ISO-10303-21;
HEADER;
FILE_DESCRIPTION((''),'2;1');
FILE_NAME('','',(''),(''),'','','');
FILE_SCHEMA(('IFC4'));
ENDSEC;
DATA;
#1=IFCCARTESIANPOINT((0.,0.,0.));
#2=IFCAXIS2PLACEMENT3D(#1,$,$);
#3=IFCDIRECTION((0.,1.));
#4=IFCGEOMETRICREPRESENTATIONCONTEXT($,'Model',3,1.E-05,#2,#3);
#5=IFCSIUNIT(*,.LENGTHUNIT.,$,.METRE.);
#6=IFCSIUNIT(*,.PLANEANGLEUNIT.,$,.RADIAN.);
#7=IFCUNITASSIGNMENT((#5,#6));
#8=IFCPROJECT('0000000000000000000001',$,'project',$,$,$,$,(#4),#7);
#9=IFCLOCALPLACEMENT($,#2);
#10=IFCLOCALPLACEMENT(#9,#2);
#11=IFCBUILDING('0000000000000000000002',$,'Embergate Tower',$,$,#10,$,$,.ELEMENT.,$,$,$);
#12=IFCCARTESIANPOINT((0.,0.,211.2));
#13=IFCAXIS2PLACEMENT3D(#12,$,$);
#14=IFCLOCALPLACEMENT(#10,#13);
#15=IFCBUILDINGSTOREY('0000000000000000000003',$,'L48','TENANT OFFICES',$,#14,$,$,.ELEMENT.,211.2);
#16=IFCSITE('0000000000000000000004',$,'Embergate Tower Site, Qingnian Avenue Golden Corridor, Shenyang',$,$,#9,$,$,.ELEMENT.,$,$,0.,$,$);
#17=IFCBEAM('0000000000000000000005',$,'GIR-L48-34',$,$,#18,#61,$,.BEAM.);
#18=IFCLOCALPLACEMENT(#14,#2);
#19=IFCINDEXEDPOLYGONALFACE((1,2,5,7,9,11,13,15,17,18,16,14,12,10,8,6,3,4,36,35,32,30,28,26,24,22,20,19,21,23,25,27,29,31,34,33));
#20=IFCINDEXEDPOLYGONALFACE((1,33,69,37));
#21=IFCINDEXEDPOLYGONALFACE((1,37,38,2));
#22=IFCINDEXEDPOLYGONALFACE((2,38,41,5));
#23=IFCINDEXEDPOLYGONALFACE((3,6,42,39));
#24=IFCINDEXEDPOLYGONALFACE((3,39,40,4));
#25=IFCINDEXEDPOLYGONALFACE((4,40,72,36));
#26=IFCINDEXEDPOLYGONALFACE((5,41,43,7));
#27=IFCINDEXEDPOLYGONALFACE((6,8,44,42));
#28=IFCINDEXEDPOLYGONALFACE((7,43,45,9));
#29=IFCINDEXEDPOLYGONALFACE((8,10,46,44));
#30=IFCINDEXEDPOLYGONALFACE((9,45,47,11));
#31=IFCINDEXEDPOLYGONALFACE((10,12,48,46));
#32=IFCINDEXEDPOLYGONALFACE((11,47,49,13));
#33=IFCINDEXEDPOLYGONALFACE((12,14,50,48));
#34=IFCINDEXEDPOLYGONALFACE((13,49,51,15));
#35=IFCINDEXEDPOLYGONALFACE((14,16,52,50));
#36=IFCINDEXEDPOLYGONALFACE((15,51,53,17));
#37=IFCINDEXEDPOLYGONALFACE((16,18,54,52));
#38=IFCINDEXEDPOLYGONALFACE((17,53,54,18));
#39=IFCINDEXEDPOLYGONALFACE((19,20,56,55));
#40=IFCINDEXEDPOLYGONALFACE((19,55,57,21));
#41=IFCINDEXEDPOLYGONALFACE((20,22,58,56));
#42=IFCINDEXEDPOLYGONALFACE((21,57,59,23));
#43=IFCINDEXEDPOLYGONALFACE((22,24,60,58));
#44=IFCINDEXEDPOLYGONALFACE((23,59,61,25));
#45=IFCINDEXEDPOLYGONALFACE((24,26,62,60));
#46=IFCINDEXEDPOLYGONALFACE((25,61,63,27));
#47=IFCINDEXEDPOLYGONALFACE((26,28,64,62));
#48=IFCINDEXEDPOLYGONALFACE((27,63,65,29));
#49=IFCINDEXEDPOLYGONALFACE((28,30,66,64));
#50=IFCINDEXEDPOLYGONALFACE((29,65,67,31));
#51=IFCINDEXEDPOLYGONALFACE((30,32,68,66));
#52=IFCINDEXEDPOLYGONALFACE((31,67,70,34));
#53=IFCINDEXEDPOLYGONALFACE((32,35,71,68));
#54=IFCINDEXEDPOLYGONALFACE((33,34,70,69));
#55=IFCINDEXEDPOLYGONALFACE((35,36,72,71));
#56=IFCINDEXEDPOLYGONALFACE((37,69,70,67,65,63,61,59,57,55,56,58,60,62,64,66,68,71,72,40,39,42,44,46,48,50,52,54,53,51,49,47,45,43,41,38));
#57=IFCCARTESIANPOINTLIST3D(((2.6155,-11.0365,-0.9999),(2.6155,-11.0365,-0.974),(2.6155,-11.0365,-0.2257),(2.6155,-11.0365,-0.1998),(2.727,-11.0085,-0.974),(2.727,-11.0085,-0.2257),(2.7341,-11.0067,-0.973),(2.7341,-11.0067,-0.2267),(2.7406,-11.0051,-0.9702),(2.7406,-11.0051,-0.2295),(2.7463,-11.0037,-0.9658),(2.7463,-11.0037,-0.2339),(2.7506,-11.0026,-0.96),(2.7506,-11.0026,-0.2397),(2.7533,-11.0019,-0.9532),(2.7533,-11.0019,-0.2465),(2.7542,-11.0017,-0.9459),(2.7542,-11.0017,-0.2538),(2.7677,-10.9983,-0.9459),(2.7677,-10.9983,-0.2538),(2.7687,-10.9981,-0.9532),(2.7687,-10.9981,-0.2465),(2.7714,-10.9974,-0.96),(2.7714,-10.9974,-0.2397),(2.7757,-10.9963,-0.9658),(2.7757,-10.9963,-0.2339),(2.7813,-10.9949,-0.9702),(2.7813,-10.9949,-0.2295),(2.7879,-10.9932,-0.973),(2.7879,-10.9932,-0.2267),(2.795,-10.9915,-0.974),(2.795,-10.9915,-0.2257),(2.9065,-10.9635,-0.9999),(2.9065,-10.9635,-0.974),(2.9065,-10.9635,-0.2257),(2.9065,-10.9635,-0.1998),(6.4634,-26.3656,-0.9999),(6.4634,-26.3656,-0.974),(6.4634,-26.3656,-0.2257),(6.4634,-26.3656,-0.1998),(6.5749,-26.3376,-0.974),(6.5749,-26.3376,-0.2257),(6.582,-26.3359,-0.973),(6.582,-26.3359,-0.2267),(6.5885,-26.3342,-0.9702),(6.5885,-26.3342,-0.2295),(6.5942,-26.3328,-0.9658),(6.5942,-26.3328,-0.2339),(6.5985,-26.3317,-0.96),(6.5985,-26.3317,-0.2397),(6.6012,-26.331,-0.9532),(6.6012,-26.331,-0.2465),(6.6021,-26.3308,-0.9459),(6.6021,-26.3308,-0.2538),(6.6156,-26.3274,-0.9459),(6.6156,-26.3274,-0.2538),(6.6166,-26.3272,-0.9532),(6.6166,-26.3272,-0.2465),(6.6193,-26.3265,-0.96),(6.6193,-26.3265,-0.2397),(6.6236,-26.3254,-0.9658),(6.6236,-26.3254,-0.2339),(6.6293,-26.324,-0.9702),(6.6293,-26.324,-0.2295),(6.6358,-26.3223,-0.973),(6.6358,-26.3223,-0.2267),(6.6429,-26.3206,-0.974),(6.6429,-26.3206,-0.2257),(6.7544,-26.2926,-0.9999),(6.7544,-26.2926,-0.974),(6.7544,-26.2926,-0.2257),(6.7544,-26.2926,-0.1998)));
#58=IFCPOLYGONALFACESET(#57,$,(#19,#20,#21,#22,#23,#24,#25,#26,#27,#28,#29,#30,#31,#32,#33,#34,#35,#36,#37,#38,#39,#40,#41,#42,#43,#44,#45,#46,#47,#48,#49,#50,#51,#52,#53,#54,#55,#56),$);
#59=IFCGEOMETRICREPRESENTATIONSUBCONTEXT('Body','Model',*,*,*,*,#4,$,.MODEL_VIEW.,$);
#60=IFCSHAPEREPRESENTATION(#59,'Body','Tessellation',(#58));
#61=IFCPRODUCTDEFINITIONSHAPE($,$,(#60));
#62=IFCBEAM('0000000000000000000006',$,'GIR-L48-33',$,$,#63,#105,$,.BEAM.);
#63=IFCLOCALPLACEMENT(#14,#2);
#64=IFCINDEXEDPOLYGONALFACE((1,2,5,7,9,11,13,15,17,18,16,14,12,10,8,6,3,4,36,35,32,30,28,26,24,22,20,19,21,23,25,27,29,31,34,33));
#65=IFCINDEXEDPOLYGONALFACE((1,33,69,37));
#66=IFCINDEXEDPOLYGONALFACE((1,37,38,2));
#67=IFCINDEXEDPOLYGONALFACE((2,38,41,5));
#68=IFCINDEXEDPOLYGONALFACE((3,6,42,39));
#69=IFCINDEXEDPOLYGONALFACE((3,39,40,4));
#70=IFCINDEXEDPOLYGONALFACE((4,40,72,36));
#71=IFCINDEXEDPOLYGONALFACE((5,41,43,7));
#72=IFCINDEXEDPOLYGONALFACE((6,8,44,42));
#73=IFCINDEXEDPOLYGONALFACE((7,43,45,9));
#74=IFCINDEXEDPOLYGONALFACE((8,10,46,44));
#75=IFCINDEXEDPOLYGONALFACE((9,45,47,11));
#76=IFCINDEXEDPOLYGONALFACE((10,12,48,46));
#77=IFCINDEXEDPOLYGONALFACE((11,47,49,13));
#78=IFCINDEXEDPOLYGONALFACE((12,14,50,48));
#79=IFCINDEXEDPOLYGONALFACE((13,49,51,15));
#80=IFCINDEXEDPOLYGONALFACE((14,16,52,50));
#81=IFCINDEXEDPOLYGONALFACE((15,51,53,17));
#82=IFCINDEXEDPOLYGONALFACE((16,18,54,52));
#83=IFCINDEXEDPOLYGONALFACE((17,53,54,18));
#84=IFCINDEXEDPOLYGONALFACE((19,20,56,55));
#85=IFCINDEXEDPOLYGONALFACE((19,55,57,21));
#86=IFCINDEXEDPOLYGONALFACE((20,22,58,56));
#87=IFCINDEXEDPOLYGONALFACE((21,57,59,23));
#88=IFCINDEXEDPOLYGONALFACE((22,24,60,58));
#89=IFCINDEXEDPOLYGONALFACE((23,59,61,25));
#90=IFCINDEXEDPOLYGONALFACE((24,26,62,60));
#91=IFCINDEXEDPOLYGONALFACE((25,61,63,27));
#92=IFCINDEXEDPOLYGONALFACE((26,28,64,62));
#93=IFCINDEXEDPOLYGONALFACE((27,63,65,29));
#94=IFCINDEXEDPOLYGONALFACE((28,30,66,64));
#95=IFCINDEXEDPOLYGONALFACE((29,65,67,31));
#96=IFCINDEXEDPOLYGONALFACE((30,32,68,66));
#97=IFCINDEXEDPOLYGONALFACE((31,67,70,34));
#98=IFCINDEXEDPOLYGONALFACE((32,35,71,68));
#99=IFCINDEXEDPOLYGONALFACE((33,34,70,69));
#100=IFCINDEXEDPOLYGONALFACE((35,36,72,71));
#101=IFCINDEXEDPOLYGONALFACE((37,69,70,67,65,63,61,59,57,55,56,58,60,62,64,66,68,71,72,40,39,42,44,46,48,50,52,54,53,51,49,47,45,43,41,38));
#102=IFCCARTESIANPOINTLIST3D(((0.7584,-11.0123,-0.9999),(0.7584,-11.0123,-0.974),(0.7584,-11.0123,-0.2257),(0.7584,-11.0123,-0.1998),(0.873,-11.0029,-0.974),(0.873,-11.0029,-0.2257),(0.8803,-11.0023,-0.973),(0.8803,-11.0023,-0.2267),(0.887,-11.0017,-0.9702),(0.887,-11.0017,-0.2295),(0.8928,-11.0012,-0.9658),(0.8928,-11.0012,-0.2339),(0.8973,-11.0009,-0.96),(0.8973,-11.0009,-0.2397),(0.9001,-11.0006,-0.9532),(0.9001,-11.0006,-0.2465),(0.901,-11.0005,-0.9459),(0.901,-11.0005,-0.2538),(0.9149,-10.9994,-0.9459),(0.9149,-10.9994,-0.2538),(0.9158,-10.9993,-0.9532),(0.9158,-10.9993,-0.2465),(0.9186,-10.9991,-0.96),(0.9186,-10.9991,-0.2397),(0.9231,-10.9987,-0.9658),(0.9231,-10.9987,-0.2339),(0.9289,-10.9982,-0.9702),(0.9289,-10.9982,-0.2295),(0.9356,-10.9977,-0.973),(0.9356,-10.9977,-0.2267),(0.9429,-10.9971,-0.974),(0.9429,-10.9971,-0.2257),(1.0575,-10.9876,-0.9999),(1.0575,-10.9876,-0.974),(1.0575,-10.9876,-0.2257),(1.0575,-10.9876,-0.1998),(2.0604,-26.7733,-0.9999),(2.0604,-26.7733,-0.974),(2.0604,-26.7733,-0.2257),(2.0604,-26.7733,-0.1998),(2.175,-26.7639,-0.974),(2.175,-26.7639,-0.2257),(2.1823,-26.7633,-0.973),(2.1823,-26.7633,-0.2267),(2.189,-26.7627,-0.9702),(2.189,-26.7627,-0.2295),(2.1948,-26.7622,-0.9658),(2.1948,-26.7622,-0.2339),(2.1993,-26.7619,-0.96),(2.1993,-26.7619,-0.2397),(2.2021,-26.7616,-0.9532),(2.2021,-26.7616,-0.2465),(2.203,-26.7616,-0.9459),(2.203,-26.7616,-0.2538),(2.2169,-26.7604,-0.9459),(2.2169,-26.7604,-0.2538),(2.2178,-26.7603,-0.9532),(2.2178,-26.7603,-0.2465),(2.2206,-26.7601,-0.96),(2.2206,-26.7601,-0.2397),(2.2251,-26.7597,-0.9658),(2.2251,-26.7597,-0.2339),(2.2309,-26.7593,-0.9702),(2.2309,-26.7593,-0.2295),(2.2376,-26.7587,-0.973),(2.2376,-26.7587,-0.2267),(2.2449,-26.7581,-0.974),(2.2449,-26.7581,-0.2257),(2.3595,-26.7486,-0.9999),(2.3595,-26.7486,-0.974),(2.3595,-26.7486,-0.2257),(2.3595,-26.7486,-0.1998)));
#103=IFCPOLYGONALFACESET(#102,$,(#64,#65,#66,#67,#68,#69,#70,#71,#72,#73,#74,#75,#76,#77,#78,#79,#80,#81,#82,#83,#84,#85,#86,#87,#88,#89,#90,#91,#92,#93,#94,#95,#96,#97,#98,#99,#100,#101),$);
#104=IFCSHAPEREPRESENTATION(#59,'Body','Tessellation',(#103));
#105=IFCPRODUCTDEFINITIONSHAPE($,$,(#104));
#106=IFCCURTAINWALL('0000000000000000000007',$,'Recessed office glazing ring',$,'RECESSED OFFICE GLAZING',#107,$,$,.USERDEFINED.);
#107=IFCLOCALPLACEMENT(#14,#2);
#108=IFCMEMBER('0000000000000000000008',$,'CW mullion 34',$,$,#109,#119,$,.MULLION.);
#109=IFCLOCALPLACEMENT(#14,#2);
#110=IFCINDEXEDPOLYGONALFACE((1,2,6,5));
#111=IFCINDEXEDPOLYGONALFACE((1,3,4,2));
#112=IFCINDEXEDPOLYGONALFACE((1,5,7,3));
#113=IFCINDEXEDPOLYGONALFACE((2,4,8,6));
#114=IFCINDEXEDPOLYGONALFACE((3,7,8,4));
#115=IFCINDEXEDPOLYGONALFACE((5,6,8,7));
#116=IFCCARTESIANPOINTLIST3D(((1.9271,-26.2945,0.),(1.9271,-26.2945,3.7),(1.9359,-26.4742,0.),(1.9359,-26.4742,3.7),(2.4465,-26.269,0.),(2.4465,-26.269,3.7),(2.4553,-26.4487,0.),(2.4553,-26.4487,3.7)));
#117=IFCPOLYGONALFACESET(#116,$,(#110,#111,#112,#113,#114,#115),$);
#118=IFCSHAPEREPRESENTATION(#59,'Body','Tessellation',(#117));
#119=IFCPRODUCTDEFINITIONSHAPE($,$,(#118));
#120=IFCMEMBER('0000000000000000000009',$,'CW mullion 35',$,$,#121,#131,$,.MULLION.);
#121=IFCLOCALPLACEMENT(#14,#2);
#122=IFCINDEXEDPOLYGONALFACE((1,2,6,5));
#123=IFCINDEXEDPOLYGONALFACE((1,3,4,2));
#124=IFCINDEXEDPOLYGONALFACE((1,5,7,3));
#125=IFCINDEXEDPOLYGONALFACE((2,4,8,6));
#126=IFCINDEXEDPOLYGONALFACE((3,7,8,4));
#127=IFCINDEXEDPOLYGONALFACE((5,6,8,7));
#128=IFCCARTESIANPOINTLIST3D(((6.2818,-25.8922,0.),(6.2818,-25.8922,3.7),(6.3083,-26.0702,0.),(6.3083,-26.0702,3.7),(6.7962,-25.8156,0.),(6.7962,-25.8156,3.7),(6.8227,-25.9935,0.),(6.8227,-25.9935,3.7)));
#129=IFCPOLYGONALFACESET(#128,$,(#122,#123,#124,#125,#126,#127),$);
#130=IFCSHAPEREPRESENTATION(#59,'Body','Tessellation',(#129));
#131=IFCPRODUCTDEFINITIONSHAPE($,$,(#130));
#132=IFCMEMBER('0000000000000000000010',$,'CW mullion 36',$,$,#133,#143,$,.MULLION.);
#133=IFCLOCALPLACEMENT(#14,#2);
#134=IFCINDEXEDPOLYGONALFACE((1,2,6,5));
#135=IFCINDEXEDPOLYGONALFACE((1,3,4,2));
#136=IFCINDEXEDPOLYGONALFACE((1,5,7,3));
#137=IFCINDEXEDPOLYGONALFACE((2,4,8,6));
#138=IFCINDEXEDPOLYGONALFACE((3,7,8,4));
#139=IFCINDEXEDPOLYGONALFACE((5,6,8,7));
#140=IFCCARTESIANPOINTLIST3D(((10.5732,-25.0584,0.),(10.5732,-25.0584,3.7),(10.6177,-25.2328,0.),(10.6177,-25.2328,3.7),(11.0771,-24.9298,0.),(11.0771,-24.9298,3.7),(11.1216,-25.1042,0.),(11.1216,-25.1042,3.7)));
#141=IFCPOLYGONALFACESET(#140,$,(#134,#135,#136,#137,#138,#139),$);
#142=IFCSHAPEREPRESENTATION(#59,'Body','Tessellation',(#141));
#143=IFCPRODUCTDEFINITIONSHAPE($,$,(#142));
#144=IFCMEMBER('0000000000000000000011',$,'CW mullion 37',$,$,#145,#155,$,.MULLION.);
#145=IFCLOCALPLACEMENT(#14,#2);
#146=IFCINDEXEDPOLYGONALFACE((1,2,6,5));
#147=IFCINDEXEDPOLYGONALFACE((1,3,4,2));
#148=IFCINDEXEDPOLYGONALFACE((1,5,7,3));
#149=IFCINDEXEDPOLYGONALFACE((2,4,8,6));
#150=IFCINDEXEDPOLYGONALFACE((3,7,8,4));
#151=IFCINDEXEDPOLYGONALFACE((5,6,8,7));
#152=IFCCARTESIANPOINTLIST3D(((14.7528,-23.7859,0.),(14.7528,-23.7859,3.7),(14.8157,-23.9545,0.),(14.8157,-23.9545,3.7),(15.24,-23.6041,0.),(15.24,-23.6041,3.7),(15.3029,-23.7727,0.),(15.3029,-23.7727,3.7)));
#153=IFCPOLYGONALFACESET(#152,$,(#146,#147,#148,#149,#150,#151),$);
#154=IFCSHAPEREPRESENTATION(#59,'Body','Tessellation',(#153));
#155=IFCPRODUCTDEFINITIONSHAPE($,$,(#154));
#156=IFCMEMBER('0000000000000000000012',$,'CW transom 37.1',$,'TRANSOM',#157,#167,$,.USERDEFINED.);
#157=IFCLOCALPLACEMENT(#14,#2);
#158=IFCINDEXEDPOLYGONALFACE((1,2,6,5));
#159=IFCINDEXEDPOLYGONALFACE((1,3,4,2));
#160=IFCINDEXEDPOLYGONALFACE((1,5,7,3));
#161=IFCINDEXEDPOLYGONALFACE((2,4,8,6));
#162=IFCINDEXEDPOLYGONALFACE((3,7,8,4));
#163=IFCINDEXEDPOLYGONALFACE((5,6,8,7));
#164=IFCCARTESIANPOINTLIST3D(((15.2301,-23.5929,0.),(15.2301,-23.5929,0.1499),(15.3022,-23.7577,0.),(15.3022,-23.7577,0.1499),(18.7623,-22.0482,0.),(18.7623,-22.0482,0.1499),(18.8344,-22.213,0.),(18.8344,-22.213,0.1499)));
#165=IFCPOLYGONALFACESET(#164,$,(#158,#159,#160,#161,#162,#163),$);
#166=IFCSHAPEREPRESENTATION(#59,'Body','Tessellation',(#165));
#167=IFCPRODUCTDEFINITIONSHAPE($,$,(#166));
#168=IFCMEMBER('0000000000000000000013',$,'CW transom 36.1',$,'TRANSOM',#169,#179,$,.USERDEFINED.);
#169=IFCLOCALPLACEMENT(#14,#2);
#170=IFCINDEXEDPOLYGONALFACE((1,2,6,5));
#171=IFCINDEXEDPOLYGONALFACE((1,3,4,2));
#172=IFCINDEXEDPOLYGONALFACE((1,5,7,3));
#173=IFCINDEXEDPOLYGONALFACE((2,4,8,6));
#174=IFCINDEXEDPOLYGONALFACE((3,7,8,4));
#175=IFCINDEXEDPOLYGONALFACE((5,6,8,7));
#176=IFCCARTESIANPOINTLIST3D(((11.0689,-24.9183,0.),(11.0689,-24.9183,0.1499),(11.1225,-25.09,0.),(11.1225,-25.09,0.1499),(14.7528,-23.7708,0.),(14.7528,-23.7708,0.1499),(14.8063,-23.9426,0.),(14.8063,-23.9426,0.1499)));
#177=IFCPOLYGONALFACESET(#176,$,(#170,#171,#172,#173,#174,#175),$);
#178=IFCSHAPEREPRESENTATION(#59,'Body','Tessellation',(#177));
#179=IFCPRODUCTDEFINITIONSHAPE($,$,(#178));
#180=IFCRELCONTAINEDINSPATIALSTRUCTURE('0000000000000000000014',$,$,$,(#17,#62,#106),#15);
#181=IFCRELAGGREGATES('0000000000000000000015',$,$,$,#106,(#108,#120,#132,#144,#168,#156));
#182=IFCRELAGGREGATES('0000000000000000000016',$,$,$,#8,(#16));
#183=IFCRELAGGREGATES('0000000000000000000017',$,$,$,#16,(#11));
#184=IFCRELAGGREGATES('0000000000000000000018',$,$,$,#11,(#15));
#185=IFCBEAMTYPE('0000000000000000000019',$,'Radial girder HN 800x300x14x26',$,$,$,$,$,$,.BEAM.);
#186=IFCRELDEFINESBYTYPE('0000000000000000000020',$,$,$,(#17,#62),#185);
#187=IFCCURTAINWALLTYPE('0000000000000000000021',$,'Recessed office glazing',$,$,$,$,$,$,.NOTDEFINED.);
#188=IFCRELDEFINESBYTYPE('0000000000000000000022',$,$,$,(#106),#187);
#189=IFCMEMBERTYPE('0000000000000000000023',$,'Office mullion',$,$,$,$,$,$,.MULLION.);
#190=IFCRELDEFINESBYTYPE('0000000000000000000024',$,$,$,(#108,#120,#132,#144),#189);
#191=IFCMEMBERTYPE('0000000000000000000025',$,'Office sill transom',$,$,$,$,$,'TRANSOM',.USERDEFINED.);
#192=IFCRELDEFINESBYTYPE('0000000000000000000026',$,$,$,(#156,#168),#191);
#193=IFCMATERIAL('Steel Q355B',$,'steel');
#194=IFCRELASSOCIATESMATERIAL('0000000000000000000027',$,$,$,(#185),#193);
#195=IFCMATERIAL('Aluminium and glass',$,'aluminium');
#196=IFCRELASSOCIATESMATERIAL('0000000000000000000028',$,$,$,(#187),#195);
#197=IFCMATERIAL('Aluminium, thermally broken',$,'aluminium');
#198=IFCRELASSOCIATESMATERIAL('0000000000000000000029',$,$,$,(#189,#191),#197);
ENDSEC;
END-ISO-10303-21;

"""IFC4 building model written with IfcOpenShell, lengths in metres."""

from ifc_helpers import new_model, si_unit, direction, frame, origin, origin_2d, place, context, subcontext, project, spatial, rectangle, i_section, extrude, source, transform, mapped, material, material_profile, profile_set, type_object, element, aggregate, save


model = new_model("IFC4")

# Units and contexts
model_context = context("Model", 3, precision=1e-05, world=origin(), true_north=direction((0.0, 1.0)))
body_context = subcontext(model_context, "Body", "Model", "MODEL_VIEW")
ifc_project = project(units=[si_unit("LENGTHUNIT", "METRE"), si_unit("PLANEANGLEUNIT", "RADIAN")], contexts=[model_context])

# Site, building, storey
site_placement = place(None, origin())
site = spatial("IfcSite", under=ifc_project, at=site_placement, Name="Embergate Tower Site, Qingnian Avenue Golden Corridor, Shenyang", CompositionType="ELEMENT", RefElevation=0.0)
building_placement = place(site_placement, origin())
building = spatial("IfcBuilding", under=site, at=building_placement, Name="Embergate Tower", CompositionType="ELEMENT")
storey_placement = place(building_placement, frame((0.0, 0.0, 211.2)))
storey = spatial("IfcBuildingStorey", under=building, at=storey_placement, Name="L48", Description="TENANT OFFICES", CompositionType="ELEMENT", Elevation=211.2)

# Beams
ifc_material_1 = material(Name="Steel Q355B", Category="steel")
ifc_material_profile_1 = material_profile(ifc_material_1, i_section(OverallWidth=0.3, OverallDepth=0.8, WebThickness=0.0139, FlangeThickness=0.0259, FilletRadius=0.0281, at=origin_2d()), Name="HN 800x300x14x26")
ifc_profile_set_1 = profile_set([ifc_material_profile_1], Name="Steel Q355 grade B")
beam_type_1 = type_object("IfcBeamType", Name="Radial girder HN 800x300x14x26", PredefinedType="BEAM", material=ifc_profile_set_1)
shared_shape_1 = source(origin(), body_context, "Body", "SweptSolid", [
    extrude(i_section(OverallWidth=0.3, OverallDepth=0.8, WebThickness=0.0139, FlangeThickness=0.0259, FilletRadius=0.0281, at=origin_2d()), origin(), (0.0, 0.0, 1.0), 15.8047),
])
beam_1_placement = place(storey_placement, frame((6.6089, -26.3291, -0.5999), z_axis=(-0.243466, 0.969909, 0.0), x_axis=(-0.969909, -0.243466, 0.0)))
element("IfcBeam", 1, at=beam_1_placement, inside=storey, type_object=beam_type_1, Name="GIR-L48-34", PredefinedType="BEAM", context=body_context, shape_type="MappedRepresentation", body=[
    mapped(shared_shape_1, transform((0.0, 0.0, 0.0))),
])
shared_shape_2 = source(origin(), body_context, "Body", "SweptSolid", [
    extrude(i_section(OverallWidth=0.3, OverallDepth=0.8, WebThickness=0.0139, FlangeThickness=0.0259, FilletRadius=0.0281, at=origin_2d()), origin(), (0.0, 0.0, 1.0), 15.8147),
])
beam_2_placement = place(storey_placement, frame((2.21, -26.761, -0.5999), z_axis=(-0.082329, 0.996605, 0.0), x_axis=(-0.996605, -0.082329, 0.0)))
element("IfcBeam", 2, at=beam_2_placement, inside=storey, type_object=beam_type_1, Name="GIR-L48-33", PredefinedType="BEAM", context=body_context, shape_type="MappedRepresentation", body=[
    mapped(shared_shape_2, transform((0.0, 0.0, 0.0))),
])

# Curtain wall, members
ifc_material_2 = material(Name="Aluminium and glass", Category="aluminium")
curtain_wall_type = type_object("IfcCurtainWallType", Name="Recessed office glazing", PredefinedType="NOTDEFINED", material=ifc_material_2)
curtain_wall_placement = place(storey_placement, origin())
curtain_wall = element("IfcCurtainWall", 3, at=curtain_wall_placement, inside=storey, type_object=curtain_wall_type, Name="Recessed office glazing ring", ObjectType="RECESSED OFFICE GLAZING", PredefinedType="USERDEFINED")
ifc_material_3 = material(Name="Aluminium, thermally broken", Category="aluminium")
ifc_material_profile_2 = material_profile(ifc_material_3, rectangle(XDim=0.1799, YDim=0.52, at=origin_2d()), Name="AL 520x180")
ifc_profile_set_2 = profile_set([ifc_material_profile_2], Name="Aluminium, thermally broken")
member_type_1 = type_object("IfcMemberType", Name="Office mullion", PredefinedType="MULLION", material=ifc_profile_set_2)
shared_shape_3 = source(origin(), body_context, "Body", "SweptSolid", [
    extrude(rectangle(XDim=0.1799, YDim=0.52, at=origin_2d()), origin(), (0.0, 0.0, 1.0), 3.7),
])
member_1_placement = place(storey_placement, frame((2.1912, -26.3716, 0.0), z_axis=(0.0, 0.0, 1.0), x_axis=(-0.048972, 0.9988, 0.0)))
member_1 = element("IfcMember", 4, at=member_1_placement, type_object=member_type_1, Name="CW mullion 34", PredefinedType="MULLION", context=body_context, shape_type="MappedRepresentation", body=[
    mapped(shared_shape_3, transform((0.0, 0.0, 0.0))),
])
member_2_placement = place(storey_placement, frame((6.5522, -25.9429, 0.0), z_axis=(0.0, 0.0, 1.0), x_axis=(-0.147414, 0.989075, 0.0)))
member_2 = element("IfcMember", 5, at=member_2_placement, type_object=member_type_1, Name="CW mullion 35", PredefinedType="MULLION", context=body_context, shape_type="MappedRepresentation", body=[
    mapped(shared_shape_3, transform((0.0, 0.0, 0.0))),
])
member_3_placement = place(storey_placement, frame((10.8474, -25.0813, 0.0), z_axis=(0.0, 0.0, 1.0), x_axis=(-0.247315, 0.968935, 0.0)))
member_3 = element("IfcMember", 6, at=member_3_placement, type_object=member_type_1, Name="CW mullion 36", PredefinedType="MULLION", context=body_context, shape_type="MappedRepresentation", body=[
    mapped(shared_shape_3, transform((0.0, 0.0, 0.0))),
])
member_4_placement = place(storey_placement, frame((15.0278, -23.7793, 0.0), z_axis=(0.0, 0.0, 1.0), x_axis=(-0.349506, 0.936934, 0.0)))
member_4 = element("IfcMember", 7, at=member_4_placement, type_object=member_type_1, Name="CW mullion 37", PredefinedType="MULLION", context=body_context, shape_type="MappedRepresentation", body=[
    mapped(shared_shape_3, transform((0.0, 0.0, 0.0))),
])
ifc_material_profile_3 = material_profile(ifc_material_3, rectangle(XDim=0.1799, YDim=0.1499, at=origin_2d()), Name="AL 150x180")
ifc_profile_set_3 = profile_set([ifc_material_profile_3], Name="Aluminium, thermally broken")
member_type_2 = type_object("IfcMemberType", Name="Office sill transom", ElementType="TRANSOM", PredefinedType="USERDEFINED", material=ifc_profile_set_3)
shared_shape_4 = source(origin(), body_context, "Body", "SweptSolid", [
    extrude(rectangle(XDim=0.1799, YDim=0.1499, at=origin_2d()), origin(), (0.0, 0.0, 1.0), 3.8552),
])
member_5_placement = place(storey_placement, frame((15.2661, -23.6753, 0.075), z_axis=(0.916221, 0.400673, 0.0), x_axis=(-0.400673, 0.916221, 0.0)))
member_5 = element("IfcMember", 8, at=member_5_placement, type_object=member_type_2, Name="CW transom 37.1", ObjectType="TRANSOM", PredefinedType="USERDEFINED", context=body_context, shape_type="MappedRepresentation", body=[
    mapped(shared_shape_4, transform((0.0, 0.0, 0.0))),
])
shared_shape_5 = source(origin(), body_context, "Body", "SweptSolid", [
    extrude(rectangle(XDim=0.1799, YDim=0.1499, at=origin_2d()), origin(), (0.0, 0.0, 1.0), 3.8584),
])
member_6_placement = place(storey_placement, frame((11.0957, -25.0042, 0.075), z_axis=(0.954755, 0.297392, 0.0), x_axis=(-0.297392, 0.954755, 0.0)))
member_6 = element("IfcMember", 9, at=member_6_placement, type_object=member_type_2, Name="CW transom 36.1", ObjectType="TRANSOM", PredefinedType="USERDEFINED", context=body_context, shape_type="MappedRepresentation", body=[
    mapped(shared_shape_5, transform((0.0, 0.0, 0.0))),
])
aggregate(curtain_wall, [member_1, member_2, member_3, member_4, member_6, member_5])

save(model, "model.ifc")
